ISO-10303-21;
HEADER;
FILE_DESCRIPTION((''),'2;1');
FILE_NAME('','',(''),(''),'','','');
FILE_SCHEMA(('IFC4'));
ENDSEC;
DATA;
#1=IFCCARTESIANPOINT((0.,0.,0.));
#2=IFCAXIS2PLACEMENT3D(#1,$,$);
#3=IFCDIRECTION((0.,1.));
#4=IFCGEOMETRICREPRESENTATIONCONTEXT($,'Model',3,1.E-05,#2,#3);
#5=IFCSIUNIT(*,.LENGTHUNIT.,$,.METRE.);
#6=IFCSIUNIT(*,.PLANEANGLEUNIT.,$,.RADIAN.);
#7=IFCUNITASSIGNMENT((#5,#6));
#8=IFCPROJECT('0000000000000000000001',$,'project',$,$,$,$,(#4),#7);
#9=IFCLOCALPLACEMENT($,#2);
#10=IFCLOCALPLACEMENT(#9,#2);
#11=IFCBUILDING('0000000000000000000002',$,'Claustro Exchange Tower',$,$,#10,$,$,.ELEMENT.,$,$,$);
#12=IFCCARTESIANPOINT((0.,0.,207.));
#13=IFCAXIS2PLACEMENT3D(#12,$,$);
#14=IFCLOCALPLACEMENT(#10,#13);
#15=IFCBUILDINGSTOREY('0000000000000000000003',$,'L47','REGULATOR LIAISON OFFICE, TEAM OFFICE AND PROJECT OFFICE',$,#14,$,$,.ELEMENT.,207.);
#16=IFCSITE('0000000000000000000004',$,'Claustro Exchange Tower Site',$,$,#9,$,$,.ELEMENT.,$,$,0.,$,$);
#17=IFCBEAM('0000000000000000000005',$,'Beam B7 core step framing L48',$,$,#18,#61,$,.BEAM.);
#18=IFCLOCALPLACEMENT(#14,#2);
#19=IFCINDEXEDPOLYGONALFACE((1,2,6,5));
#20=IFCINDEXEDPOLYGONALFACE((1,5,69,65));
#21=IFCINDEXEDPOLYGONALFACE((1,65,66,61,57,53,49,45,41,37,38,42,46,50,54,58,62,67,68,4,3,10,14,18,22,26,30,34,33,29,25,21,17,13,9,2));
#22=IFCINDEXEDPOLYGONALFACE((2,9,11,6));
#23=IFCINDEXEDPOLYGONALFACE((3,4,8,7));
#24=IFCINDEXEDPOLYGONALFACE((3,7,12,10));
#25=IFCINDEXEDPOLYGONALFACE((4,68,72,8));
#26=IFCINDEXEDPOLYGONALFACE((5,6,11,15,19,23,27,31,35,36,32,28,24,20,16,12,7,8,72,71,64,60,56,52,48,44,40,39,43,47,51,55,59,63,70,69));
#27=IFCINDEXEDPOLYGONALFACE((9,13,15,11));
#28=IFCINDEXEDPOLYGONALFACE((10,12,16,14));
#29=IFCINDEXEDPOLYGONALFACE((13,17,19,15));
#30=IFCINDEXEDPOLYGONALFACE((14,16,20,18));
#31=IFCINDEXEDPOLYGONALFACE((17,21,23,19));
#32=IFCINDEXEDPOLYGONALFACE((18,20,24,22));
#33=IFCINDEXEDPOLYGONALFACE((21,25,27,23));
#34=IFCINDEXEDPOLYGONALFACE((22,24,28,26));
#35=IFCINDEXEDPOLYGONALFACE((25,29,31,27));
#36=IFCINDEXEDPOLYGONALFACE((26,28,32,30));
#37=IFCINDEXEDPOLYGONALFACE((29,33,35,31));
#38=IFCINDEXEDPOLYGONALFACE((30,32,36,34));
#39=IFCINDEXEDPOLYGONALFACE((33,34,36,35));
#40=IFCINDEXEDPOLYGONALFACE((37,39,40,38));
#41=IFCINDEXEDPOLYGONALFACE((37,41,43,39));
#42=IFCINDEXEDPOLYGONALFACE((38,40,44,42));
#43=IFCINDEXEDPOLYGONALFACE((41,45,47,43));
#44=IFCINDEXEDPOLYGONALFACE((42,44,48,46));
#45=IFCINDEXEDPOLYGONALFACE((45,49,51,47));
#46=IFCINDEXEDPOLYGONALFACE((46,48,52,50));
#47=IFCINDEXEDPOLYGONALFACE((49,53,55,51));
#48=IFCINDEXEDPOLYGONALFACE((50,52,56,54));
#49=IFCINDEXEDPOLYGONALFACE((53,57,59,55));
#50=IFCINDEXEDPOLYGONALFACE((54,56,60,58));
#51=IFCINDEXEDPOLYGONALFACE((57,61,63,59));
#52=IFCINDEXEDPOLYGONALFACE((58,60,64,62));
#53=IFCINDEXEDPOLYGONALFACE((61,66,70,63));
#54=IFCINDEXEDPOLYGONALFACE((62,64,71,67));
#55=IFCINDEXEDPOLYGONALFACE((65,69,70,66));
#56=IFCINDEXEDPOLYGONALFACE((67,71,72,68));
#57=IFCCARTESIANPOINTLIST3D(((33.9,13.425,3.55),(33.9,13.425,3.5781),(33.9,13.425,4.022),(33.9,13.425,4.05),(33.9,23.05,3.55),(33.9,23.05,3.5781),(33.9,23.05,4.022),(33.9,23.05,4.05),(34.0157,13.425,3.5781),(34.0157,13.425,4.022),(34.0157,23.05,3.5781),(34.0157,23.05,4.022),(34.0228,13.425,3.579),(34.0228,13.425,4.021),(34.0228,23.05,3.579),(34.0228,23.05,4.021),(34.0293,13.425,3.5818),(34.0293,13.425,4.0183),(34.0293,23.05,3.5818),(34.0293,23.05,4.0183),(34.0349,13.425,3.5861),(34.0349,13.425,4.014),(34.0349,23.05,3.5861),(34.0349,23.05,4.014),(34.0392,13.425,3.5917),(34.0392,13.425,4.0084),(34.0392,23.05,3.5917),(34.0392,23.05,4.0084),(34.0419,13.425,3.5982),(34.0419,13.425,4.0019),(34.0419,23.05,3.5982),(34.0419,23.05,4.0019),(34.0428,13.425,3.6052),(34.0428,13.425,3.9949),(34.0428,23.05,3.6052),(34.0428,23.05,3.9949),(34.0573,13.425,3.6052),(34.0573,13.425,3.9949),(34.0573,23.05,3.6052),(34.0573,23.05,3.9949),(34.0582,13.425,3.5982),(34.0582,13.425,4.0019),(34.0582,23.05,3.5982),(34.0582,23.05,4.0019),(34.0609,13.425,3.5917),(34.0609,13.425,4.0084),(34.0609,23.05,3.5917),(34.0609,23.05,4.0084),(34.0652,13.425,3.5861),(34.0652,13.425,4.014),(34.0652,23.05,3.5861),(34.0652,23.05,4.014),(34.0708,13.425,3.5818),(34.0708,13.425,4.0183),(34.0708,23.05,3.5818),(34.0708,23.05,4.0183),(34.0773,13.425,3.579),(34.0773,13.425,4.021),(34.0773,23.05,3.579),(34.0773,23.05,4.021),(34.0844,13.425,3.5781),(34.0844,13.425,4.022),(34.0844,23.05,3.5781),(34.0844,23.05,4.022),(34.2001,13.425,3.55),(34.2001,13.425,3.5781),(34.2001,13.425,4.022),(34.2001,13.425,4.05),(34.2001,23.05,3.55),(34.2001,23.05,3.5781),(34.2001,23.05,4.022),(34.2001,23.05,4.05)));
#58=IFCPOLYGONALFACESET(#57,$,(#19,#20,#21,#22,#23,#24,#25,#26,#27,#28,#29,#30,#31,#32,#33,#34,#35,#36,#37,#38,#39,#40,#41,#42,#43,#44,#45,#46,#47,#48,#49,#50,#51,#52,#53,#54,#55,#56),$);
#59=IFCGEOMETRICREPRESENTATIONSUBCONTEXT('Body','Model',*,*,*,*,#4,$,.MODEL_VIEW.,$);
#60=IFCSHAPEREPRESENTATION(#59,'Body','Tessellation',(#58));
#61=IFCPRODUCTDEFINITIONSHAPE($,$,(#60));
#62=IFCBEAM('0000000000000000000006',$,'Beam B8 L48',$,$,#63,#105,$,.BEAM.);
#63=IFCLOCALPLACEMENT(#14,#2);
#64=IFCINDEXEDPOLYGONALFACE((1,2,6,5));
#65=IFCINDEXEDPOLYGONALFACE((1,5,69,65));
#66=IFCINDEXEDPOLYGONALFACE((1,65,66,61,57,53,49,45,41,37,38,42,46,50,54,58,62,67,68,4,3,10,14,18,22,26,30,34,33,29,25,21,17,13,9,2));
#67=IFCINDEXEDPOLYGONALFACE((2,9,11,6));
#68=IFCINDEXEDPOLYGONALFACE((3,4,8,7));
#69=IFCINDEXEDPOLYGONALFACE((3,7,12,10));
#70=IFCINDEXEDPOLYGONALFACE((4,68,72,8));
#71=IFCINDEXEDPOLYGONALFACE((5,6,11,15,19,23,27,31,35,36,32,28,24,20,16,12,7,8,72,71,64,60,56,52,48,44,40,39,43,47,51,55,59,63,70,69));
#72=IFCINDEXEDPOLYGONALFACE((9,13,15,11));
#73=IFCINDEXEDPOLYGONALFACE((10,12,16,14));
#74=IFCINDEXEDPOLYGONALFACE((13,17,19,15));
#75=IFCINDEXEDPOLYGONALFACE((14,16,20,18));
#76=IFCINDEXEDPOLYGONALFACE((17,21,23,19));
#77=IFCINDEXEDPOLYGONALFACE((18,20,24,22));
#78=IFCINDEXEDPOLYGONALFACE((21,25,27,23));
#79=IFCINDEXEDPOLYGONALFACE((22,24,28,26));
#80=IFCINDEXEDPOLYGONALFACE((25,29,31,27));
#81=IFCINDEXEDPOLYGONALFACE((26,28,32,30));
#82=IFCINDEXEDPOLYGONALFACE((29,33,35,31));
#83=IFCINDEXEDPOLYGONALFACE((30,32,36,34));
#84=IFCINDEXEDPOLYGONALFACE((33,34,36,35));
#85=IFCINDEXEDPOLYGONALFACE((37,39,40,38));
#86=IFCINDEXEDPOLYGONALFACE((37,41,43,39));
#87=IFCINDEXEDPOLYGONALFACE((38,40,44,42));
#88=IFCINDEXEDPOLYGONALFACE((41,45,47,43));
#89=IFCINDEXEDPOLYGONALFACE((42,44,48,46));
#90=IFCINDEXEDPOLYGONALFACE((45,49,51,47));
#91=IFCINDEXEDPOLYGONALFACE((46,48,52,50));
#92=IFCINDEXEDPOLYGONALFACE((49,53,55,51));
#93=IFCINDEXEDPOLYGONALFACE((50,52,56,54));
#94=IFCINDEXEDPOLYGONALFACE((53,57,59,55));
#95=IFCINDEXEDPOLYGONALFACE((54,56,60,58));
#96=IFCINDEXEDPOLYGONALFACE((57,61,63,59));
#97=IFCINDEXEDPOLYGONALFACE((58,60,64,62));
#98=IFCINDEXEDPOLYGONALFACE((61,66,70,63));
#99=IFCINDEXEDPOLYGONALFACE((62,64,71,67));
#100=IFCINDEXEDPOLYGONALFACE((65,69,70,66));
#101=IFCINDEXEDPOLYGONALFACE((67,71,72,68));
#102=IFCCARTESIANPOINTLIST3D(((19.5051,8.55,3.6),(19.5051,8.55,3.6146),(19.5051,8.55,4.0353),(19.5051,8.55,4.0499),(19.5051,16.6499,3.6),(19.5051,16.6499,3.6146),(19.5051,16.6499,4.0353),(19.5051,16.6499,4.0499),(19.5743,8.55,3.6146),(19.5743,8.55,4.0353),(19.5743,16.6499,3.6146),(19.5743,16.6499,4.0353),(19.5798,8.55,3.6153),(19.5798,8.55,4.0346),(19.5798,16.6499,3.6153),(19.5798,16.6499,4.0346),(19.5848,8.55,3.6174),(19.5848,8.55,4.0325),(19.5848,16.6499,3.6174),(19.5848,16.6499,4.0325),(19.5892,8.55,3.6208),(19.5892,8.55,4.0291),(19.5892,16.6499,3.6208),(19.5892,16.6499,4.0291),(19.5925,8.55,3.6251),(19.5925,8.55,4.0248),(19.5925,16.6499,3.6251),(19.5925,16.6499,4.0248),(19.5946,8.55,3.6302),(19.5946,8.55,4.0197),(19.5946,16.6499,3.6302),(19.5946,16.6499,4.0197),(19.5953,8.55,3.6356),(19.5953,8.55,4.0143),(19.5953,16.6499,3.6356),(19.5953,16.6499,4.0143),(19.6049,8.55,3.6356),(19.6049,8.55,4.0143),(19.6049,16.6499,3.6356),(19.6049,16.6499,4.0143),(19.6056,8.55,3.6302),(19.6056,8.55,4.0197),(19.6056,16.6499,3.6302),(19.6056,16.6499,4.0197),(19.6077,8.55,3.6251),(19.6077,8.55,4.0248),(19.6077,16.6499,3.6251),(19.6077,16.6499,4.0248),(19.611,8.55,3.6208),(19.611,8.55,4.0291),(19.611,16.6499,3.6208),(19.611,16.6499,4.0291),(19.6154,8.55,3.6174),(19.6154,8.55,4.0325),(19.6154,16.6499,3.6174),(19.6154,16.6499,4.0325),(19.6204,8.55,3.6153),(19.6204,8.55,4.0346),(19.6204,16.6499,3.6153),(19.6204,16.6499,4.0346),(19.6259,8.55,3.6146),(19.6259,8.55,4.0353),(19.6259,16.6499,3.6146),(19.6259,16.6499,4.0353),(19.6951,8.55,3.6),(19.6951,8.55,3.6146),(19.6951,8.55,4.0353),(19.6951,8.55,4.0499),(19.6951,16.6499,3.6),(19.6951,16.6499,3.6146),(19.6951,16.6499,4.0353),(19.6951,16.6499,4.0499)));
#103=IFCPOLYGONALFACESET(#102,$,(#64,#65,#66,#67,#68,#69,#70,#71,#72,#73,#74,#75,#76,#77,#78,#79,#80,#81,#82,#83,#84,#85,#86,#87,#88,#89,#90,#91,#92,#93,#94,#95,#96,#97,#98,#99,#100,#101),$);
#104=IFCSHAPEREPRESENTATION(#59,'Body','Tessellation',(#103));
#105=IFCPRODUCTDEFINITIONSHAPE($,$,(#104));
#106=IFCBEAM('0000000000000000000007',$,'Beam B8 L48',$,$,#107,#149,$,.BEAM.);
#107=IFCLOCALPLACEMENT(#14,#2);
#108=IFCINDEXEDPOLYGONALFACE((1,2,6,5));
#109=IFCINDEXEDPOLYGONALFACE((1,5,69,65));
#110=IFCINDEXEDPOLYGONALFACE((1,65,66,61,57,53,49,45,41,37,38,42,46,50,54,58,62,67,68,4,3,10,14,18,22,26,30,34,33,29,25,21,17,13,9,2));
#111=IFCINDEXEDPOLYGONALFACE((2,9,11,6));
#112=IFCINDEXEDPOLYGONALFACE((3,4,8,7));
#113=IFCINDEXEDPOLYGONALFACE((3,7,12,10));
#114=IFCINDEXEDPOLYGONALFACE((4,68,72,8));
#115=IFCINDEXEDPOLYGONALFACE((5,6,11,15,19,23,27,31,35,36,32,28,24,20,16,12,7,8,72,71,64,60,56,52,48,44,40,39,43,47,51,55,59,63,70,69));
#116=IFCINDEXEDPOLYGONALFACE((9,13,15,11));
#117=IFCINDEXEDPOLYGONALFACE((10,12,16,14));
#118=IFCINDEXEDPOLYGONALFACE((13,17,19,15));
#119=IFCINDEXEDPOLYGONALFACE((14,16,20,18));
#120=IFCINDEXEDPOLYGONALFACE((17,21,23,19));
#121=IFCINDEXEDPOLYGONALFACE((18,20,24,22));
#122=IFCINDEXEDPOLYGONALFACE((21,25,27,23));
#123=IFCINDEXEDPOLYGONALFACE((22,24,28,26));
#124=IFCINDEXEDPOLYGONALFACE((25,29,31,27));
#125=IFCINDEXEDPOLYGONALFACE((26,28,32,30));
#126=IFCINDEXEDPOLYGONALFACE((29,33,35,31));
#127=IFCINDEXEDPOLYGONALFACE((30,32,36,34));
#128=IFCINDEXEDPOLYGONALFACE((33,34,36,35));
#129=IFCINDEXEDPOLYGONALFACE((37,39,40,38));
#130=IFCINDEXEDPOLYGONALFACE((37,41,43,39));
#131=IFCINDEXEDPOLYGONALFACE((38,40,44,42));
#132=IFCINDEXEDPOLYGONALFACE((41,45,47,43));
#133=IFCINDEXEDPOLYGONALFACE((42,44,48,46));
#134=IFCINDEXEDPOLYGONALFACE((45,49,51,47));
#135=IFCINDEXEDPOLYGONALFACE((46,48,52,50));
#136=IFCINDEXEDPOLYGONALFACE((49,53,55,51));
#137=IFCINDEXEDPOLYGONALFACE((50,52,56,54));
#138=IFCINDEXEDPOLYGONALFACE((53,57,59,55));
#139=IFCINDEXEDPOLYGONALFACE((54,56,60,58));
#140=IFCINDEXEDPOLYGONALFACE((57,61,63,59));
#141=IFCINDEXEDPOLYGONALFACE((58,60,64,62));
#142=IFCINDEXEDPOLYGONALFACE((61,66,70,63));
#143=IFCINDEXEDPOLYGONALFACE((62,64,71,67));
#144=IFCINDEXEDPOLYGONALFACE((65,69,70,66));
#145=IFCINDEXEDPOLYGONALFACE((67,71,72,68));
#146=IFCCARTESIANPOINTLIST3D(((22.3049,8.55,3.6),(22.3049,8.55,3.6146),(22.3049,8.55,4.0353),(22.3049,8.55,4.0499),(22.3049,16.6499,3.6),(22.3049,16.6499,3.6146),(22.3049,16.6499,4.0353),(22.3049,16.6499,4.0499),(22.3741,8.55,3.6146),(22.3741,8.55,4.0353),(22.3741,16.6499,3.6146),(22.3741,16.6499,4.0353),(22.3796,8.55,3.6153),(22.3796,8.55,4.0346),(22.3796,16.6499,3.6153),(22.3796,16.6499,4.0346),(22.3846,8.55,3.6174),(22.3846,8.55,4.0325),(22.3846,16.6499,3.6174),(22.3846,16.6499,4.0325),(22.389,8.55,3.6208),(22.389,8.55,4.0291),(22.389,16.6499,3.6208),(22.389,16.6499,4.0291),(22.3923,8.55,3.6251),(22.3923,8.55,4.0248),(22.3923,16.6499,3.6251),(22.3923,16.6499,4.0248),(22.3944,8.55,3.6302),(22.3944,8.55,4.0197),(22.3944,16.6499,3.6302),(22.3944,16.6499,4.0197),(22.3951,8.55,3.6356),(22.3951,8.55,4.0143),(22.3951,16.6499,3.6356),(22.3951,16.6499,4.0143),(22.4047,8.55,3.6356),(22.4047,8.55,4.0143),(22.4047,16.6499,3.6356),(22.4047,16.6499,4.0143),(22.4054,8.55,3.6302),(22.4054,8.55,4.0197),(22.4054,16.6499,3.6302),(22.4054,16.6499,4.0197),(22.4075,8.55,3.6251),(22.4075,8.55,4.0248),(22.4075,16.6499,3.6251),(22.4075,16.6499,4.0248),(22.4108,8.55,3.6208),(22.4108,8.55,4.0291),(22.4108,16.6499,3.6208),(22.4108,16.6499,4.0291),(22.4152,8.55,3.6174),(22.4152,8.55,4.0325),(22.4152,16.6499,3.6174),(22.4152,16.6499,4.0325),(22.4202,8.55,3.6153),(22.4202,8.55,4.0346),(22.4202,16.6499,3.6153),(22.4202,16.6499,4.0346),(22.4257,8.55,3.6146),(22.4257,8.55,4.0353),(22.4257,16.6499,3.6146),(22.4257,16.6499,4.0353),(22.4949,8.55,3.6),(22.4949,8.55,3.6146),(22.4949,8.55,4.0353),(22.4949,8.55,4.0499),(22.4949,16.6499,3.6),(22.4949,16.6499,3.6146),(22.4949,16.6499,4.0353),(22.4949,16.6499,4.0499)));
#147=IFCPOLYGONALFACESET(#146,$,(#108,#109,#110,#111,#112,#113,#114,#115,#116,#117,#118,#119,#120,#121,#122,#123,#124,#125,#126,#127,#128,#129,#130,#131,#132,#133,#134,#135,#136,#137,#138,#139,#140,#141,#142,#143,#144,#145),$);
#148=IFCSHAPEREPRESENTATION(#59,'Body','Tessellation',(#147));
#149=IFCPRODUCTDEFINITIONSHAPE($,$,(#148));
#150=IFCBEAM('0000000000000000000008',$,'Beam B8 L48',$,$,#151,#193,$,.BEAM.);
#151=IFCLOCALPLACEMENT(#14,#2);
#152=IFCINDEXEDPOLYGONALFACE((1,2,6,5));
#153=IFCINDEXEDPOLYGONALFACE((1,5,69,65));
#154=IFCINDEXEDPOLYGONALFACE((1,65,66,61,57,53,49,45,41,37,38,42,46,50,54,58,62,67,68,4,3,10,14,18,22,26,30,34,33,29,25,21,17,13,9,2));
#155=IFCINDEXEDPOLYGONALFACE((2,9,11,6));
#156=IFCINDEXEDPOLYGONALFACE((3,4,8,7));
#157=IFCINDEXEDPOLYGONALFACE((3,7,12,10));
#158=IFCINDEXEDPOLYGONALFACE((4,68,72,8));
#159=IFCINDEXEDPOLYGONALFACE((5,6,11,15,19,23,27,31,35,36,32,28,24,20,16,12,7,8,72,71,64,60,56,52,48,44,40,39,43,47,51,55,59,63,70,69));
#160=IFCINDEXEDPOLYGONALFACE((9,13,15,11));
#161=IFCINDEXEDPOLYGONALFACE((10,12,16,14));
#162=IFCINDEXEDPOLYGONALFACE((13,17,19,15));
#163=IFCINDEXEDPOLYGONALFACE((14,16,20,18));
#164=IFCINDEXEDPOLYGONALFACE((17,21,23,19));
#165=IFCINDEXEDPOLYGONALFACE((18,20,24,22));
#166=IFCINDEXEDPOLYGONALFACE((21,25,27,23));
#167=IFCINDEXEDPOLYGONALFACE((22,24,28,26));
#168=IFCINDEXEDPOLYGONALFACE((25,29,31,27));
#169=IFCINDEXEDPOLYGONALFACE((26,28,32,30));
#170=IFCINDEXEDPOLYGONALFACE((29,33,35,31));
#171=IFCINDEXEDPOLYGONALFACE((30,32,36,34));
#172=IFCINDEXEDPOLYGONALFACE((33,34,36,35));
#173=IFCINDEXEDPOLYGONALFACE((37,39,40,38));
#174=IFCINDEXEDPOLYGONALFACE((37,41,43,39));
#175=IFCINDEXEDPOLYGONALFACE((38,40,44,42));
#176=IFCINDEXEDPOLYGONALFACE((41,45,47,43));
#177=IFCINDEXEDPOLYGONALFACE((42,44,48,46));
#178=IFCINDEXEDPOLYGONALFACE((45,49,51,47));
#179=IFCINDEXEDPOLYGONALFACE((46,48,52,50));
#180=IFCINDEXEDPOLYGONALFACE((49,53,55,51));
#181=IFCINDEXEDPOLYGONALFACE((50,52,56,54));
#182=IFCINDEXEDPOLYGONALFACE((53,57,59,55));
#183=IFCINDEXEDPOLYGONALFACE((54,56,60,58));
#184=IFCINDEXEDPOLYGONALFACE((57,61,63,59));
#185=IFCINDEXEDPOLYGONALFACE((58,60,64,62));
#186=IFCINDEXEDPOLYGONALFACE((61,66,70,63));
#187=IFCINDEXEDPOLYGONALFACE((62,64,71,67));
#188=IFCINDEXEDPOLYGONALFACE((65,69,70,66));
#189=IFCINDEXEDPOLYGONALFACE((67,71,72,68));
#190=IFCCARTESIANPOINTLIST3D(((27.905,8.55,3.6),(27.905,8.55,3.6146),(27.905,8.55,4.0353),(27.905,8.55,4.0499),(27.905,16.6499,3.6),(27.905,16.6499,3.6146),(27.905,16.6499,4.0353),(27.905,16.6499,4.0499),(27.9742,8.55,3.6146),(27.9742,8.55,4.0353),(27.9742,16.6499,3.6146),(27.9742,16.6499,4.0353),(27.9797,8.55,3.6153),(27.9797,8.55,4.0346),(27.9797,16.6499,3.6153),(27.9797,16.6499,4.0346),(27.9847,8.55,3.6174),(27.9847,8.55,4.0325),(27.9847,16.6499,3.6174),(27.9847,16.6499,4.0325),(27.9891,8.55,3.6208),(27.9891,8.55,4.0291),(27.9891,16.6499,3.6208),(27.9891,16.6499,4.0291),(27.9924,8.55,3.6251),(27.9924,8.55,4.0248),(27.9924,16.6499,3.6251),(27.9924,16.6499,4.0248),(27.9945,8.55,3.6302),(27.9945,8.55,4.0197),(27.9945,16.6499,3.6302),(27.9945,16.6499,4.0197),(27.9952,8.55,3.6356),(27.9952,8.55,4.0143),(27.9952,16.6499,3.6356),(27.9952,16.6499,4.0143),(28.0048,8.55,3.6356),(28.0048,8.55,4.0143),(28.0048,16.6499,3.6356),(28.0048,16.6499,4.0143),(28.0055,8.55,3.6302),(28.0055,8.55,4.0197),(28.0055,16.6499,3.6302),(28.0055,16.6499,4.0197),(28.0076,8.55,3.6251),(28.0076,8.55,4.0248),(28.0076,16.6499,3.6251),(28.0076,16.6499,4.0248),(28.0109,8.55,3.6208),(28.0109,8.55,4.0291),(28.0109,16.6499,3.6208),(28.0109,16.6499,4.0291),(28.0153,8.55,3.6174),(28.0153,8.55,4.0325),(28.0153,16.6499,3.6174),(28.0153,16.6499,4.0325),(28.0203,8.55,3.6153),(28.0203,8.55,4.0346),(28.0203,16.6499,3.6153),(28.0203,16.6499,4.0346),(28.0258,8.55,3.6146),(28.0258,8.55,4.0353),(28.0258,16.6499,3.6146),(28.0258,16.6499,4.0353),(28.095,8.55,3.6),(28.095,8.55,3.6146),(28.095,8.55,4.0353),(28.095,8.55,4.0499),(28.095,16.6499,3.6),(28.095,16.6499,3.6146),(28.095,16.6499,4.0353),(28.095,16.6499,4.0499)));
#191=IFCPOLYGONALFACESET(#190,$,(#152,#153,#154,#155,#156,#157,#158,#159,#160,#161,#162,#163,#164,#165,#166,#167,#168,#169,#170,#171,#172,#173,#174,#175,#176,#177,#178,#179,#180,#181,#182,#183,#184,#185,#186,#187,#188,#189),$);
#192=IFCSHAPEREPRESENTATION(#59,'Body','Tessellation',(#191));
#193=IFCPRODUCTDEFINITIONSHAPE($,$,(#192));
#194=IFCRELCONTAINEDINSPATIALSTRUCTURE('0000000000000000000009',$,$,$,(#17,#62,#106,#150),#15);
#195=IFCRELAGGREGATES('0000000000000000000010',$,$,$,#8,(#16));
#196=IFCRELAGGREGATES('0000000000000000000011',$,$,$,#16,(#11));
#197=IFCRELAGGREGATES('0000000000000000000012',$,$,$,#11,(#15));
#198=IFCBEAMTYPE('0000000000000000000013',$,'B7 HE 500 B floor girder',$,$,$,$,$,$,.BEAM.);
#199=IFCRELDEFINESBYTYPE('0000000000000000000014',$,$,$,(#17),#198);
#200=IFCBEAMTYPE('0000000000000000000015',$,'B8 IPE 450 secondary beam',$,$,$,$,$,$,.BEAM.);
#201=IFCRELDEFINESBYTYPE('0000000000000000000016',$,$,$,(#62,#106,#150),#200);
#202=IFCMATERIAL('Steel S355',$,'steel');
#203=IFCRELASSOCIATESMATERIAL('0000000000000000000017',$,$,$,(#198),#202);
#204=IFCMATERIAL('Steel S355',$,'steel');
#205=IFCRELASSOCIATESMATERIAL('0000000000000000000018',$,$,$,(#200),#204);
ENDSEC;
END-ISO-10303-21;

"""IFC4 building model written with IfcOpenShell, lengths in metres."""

from ifc_helpers import new_model, si_unit, direction, frame, origin, origin_2d, place, context, subcontext, project, spatial, i_section, extrude, material, material_profile, profile_set, type_object, element, save


model = new_model("IFC4")

# Units and contexts
model_context = context("Model", 3, precision=1e-05, world=origin(), true_north=direction((0.0, 1.0)))
body_context = subcontext(model_context, "Body", "Model", "MODEL_VIEW")
ifc_project = project(units=[si_unit("LENGTHUNIT", "METRE"), si_unit("PLANEANGLEUNIT", "RADIAN")], contexts=[model_context])

# Site, building, storey
site_placement = place(None, origin())
site = spatial("IfcSite", under=ifc_project, at=site_placement, Name="Claustro Exchange Tower Site", CompositionType="ELEMENT", RefElevation=0.0)
building_placement = place(site_placement, origin())
building = spatial("IfcBuilding", under=site, at=building_placement, Name="Claustro Exchange Tower", CompositionType="ELEMENT")
storey_placement = place(building_placement, frame((0.0, 0.0, 207.0)))
storey = spatial("IfcBuildingStorey", under=building, at=storey_placement, Name="L47", Description="REGULATOR LIAISON OFFICE, TEAM OFFICE AND PROJECT OFFICE", CompositionType="ELEMENT", Elevation=207.0)

# Beams
ifc_material_1 = material(Name="Steel S355", Category="steel")
ifc_material_profile_1 = material_profile(ifc_material_1, i_section(OverallWidth=0.3, OverallDepth=0.5, WebThickness=0.0144, FlangeThickness=0.0281, FilletRadius=0.0271, at=origin_2d()), Name="HE 500 B")
ifc_profile_set_1 = profile_set([ifc_material_profile_1], Name="Steel S355")
beam_type_1 = type_object("IfcBeamType", Name="B7 HE 500 B floor girder", PredefinedType="BEAM", material=ifc_profile_set_1)
beam_1_placement = place(storey_placement, frame((34.05, 13.425, 3.8), z_axis=(0.0, 1.0, 0.0), x_axis=(-1.0, 0.0, 0.0)))
element("IfcBeam", 1, at=beam_1_placement, inside=storey, type_object=beam_type_1, Name="Beam B7 core step framing L48", PredefinedType="BEAM", context=body_context, shape_type="SweptSolid", body=[
    extrude(i_section(OverallWidth=0.3, OverallDepth=0.5, WebThickness=0.0144, FlangeThickness=0.0281, FilletRadius=0.0271, at=origin_2d()), origin(), (0.0, 0.0, 1.0), 9.625),
])
ifc_material_2 = material(Name="Steel S355", Category="steel")
ifc_material_profile_2 = material_profile(ifc_material_2, i_section(OverallWidth=0.1899, OverallDepth=0.45, WebThickness=0.0095, FlangeThickness=0.0146, FilletRadius=0.021, at=origin_2d()), Name="IPE 450")
ifc_profile_set_2 = profile_set([ifc_material_profile_2], Name="Steel S355")
beam_type_2 = type_object("IfcBeamType", Name="B8 IPE 450 secondary beam", PredefinedType="BEAM", material=ifc_profile_set_2)
for number, where, z_axis, x_axis, name in (
    (2, (19.6001, 8.55, 3.825), (0.0, 1.0, 0.0), (-1.0, 0.0, 0.0), "Beam B8 L48"),
    (3, (22.3999, 8.55, 3.825), (0.0, 1.0, 0.0), (-1.0, 0.0, 0.0), "Beam B8 L48"),
    (4, (28.0, 8.55, 3.825), (0.0, 1.0, 0.0), (-1.0, 0.0, 0.0), "Beam B8 L48"),
):
    element("IfcBeam", number, at=place(storey_placement, frame(where, z_axis=z_axis, x_axis=x_axis)), inside=storey, type_object=beam_type_2, Name=name, PredefinedType="BEAM", context=body_context, shape_type="SweptSolid", body=[
        extrude(i_section(OverallWidth=0.1899, OverallDepth=0.45, WebThickness=0.0095, FlangeThickness=0.0146, FilletRadius=0.021, at=origin_2d()), origin(), (0.0, 0.0, 1.0), 8.0999),
    ])

save(model, "model.ifc")
